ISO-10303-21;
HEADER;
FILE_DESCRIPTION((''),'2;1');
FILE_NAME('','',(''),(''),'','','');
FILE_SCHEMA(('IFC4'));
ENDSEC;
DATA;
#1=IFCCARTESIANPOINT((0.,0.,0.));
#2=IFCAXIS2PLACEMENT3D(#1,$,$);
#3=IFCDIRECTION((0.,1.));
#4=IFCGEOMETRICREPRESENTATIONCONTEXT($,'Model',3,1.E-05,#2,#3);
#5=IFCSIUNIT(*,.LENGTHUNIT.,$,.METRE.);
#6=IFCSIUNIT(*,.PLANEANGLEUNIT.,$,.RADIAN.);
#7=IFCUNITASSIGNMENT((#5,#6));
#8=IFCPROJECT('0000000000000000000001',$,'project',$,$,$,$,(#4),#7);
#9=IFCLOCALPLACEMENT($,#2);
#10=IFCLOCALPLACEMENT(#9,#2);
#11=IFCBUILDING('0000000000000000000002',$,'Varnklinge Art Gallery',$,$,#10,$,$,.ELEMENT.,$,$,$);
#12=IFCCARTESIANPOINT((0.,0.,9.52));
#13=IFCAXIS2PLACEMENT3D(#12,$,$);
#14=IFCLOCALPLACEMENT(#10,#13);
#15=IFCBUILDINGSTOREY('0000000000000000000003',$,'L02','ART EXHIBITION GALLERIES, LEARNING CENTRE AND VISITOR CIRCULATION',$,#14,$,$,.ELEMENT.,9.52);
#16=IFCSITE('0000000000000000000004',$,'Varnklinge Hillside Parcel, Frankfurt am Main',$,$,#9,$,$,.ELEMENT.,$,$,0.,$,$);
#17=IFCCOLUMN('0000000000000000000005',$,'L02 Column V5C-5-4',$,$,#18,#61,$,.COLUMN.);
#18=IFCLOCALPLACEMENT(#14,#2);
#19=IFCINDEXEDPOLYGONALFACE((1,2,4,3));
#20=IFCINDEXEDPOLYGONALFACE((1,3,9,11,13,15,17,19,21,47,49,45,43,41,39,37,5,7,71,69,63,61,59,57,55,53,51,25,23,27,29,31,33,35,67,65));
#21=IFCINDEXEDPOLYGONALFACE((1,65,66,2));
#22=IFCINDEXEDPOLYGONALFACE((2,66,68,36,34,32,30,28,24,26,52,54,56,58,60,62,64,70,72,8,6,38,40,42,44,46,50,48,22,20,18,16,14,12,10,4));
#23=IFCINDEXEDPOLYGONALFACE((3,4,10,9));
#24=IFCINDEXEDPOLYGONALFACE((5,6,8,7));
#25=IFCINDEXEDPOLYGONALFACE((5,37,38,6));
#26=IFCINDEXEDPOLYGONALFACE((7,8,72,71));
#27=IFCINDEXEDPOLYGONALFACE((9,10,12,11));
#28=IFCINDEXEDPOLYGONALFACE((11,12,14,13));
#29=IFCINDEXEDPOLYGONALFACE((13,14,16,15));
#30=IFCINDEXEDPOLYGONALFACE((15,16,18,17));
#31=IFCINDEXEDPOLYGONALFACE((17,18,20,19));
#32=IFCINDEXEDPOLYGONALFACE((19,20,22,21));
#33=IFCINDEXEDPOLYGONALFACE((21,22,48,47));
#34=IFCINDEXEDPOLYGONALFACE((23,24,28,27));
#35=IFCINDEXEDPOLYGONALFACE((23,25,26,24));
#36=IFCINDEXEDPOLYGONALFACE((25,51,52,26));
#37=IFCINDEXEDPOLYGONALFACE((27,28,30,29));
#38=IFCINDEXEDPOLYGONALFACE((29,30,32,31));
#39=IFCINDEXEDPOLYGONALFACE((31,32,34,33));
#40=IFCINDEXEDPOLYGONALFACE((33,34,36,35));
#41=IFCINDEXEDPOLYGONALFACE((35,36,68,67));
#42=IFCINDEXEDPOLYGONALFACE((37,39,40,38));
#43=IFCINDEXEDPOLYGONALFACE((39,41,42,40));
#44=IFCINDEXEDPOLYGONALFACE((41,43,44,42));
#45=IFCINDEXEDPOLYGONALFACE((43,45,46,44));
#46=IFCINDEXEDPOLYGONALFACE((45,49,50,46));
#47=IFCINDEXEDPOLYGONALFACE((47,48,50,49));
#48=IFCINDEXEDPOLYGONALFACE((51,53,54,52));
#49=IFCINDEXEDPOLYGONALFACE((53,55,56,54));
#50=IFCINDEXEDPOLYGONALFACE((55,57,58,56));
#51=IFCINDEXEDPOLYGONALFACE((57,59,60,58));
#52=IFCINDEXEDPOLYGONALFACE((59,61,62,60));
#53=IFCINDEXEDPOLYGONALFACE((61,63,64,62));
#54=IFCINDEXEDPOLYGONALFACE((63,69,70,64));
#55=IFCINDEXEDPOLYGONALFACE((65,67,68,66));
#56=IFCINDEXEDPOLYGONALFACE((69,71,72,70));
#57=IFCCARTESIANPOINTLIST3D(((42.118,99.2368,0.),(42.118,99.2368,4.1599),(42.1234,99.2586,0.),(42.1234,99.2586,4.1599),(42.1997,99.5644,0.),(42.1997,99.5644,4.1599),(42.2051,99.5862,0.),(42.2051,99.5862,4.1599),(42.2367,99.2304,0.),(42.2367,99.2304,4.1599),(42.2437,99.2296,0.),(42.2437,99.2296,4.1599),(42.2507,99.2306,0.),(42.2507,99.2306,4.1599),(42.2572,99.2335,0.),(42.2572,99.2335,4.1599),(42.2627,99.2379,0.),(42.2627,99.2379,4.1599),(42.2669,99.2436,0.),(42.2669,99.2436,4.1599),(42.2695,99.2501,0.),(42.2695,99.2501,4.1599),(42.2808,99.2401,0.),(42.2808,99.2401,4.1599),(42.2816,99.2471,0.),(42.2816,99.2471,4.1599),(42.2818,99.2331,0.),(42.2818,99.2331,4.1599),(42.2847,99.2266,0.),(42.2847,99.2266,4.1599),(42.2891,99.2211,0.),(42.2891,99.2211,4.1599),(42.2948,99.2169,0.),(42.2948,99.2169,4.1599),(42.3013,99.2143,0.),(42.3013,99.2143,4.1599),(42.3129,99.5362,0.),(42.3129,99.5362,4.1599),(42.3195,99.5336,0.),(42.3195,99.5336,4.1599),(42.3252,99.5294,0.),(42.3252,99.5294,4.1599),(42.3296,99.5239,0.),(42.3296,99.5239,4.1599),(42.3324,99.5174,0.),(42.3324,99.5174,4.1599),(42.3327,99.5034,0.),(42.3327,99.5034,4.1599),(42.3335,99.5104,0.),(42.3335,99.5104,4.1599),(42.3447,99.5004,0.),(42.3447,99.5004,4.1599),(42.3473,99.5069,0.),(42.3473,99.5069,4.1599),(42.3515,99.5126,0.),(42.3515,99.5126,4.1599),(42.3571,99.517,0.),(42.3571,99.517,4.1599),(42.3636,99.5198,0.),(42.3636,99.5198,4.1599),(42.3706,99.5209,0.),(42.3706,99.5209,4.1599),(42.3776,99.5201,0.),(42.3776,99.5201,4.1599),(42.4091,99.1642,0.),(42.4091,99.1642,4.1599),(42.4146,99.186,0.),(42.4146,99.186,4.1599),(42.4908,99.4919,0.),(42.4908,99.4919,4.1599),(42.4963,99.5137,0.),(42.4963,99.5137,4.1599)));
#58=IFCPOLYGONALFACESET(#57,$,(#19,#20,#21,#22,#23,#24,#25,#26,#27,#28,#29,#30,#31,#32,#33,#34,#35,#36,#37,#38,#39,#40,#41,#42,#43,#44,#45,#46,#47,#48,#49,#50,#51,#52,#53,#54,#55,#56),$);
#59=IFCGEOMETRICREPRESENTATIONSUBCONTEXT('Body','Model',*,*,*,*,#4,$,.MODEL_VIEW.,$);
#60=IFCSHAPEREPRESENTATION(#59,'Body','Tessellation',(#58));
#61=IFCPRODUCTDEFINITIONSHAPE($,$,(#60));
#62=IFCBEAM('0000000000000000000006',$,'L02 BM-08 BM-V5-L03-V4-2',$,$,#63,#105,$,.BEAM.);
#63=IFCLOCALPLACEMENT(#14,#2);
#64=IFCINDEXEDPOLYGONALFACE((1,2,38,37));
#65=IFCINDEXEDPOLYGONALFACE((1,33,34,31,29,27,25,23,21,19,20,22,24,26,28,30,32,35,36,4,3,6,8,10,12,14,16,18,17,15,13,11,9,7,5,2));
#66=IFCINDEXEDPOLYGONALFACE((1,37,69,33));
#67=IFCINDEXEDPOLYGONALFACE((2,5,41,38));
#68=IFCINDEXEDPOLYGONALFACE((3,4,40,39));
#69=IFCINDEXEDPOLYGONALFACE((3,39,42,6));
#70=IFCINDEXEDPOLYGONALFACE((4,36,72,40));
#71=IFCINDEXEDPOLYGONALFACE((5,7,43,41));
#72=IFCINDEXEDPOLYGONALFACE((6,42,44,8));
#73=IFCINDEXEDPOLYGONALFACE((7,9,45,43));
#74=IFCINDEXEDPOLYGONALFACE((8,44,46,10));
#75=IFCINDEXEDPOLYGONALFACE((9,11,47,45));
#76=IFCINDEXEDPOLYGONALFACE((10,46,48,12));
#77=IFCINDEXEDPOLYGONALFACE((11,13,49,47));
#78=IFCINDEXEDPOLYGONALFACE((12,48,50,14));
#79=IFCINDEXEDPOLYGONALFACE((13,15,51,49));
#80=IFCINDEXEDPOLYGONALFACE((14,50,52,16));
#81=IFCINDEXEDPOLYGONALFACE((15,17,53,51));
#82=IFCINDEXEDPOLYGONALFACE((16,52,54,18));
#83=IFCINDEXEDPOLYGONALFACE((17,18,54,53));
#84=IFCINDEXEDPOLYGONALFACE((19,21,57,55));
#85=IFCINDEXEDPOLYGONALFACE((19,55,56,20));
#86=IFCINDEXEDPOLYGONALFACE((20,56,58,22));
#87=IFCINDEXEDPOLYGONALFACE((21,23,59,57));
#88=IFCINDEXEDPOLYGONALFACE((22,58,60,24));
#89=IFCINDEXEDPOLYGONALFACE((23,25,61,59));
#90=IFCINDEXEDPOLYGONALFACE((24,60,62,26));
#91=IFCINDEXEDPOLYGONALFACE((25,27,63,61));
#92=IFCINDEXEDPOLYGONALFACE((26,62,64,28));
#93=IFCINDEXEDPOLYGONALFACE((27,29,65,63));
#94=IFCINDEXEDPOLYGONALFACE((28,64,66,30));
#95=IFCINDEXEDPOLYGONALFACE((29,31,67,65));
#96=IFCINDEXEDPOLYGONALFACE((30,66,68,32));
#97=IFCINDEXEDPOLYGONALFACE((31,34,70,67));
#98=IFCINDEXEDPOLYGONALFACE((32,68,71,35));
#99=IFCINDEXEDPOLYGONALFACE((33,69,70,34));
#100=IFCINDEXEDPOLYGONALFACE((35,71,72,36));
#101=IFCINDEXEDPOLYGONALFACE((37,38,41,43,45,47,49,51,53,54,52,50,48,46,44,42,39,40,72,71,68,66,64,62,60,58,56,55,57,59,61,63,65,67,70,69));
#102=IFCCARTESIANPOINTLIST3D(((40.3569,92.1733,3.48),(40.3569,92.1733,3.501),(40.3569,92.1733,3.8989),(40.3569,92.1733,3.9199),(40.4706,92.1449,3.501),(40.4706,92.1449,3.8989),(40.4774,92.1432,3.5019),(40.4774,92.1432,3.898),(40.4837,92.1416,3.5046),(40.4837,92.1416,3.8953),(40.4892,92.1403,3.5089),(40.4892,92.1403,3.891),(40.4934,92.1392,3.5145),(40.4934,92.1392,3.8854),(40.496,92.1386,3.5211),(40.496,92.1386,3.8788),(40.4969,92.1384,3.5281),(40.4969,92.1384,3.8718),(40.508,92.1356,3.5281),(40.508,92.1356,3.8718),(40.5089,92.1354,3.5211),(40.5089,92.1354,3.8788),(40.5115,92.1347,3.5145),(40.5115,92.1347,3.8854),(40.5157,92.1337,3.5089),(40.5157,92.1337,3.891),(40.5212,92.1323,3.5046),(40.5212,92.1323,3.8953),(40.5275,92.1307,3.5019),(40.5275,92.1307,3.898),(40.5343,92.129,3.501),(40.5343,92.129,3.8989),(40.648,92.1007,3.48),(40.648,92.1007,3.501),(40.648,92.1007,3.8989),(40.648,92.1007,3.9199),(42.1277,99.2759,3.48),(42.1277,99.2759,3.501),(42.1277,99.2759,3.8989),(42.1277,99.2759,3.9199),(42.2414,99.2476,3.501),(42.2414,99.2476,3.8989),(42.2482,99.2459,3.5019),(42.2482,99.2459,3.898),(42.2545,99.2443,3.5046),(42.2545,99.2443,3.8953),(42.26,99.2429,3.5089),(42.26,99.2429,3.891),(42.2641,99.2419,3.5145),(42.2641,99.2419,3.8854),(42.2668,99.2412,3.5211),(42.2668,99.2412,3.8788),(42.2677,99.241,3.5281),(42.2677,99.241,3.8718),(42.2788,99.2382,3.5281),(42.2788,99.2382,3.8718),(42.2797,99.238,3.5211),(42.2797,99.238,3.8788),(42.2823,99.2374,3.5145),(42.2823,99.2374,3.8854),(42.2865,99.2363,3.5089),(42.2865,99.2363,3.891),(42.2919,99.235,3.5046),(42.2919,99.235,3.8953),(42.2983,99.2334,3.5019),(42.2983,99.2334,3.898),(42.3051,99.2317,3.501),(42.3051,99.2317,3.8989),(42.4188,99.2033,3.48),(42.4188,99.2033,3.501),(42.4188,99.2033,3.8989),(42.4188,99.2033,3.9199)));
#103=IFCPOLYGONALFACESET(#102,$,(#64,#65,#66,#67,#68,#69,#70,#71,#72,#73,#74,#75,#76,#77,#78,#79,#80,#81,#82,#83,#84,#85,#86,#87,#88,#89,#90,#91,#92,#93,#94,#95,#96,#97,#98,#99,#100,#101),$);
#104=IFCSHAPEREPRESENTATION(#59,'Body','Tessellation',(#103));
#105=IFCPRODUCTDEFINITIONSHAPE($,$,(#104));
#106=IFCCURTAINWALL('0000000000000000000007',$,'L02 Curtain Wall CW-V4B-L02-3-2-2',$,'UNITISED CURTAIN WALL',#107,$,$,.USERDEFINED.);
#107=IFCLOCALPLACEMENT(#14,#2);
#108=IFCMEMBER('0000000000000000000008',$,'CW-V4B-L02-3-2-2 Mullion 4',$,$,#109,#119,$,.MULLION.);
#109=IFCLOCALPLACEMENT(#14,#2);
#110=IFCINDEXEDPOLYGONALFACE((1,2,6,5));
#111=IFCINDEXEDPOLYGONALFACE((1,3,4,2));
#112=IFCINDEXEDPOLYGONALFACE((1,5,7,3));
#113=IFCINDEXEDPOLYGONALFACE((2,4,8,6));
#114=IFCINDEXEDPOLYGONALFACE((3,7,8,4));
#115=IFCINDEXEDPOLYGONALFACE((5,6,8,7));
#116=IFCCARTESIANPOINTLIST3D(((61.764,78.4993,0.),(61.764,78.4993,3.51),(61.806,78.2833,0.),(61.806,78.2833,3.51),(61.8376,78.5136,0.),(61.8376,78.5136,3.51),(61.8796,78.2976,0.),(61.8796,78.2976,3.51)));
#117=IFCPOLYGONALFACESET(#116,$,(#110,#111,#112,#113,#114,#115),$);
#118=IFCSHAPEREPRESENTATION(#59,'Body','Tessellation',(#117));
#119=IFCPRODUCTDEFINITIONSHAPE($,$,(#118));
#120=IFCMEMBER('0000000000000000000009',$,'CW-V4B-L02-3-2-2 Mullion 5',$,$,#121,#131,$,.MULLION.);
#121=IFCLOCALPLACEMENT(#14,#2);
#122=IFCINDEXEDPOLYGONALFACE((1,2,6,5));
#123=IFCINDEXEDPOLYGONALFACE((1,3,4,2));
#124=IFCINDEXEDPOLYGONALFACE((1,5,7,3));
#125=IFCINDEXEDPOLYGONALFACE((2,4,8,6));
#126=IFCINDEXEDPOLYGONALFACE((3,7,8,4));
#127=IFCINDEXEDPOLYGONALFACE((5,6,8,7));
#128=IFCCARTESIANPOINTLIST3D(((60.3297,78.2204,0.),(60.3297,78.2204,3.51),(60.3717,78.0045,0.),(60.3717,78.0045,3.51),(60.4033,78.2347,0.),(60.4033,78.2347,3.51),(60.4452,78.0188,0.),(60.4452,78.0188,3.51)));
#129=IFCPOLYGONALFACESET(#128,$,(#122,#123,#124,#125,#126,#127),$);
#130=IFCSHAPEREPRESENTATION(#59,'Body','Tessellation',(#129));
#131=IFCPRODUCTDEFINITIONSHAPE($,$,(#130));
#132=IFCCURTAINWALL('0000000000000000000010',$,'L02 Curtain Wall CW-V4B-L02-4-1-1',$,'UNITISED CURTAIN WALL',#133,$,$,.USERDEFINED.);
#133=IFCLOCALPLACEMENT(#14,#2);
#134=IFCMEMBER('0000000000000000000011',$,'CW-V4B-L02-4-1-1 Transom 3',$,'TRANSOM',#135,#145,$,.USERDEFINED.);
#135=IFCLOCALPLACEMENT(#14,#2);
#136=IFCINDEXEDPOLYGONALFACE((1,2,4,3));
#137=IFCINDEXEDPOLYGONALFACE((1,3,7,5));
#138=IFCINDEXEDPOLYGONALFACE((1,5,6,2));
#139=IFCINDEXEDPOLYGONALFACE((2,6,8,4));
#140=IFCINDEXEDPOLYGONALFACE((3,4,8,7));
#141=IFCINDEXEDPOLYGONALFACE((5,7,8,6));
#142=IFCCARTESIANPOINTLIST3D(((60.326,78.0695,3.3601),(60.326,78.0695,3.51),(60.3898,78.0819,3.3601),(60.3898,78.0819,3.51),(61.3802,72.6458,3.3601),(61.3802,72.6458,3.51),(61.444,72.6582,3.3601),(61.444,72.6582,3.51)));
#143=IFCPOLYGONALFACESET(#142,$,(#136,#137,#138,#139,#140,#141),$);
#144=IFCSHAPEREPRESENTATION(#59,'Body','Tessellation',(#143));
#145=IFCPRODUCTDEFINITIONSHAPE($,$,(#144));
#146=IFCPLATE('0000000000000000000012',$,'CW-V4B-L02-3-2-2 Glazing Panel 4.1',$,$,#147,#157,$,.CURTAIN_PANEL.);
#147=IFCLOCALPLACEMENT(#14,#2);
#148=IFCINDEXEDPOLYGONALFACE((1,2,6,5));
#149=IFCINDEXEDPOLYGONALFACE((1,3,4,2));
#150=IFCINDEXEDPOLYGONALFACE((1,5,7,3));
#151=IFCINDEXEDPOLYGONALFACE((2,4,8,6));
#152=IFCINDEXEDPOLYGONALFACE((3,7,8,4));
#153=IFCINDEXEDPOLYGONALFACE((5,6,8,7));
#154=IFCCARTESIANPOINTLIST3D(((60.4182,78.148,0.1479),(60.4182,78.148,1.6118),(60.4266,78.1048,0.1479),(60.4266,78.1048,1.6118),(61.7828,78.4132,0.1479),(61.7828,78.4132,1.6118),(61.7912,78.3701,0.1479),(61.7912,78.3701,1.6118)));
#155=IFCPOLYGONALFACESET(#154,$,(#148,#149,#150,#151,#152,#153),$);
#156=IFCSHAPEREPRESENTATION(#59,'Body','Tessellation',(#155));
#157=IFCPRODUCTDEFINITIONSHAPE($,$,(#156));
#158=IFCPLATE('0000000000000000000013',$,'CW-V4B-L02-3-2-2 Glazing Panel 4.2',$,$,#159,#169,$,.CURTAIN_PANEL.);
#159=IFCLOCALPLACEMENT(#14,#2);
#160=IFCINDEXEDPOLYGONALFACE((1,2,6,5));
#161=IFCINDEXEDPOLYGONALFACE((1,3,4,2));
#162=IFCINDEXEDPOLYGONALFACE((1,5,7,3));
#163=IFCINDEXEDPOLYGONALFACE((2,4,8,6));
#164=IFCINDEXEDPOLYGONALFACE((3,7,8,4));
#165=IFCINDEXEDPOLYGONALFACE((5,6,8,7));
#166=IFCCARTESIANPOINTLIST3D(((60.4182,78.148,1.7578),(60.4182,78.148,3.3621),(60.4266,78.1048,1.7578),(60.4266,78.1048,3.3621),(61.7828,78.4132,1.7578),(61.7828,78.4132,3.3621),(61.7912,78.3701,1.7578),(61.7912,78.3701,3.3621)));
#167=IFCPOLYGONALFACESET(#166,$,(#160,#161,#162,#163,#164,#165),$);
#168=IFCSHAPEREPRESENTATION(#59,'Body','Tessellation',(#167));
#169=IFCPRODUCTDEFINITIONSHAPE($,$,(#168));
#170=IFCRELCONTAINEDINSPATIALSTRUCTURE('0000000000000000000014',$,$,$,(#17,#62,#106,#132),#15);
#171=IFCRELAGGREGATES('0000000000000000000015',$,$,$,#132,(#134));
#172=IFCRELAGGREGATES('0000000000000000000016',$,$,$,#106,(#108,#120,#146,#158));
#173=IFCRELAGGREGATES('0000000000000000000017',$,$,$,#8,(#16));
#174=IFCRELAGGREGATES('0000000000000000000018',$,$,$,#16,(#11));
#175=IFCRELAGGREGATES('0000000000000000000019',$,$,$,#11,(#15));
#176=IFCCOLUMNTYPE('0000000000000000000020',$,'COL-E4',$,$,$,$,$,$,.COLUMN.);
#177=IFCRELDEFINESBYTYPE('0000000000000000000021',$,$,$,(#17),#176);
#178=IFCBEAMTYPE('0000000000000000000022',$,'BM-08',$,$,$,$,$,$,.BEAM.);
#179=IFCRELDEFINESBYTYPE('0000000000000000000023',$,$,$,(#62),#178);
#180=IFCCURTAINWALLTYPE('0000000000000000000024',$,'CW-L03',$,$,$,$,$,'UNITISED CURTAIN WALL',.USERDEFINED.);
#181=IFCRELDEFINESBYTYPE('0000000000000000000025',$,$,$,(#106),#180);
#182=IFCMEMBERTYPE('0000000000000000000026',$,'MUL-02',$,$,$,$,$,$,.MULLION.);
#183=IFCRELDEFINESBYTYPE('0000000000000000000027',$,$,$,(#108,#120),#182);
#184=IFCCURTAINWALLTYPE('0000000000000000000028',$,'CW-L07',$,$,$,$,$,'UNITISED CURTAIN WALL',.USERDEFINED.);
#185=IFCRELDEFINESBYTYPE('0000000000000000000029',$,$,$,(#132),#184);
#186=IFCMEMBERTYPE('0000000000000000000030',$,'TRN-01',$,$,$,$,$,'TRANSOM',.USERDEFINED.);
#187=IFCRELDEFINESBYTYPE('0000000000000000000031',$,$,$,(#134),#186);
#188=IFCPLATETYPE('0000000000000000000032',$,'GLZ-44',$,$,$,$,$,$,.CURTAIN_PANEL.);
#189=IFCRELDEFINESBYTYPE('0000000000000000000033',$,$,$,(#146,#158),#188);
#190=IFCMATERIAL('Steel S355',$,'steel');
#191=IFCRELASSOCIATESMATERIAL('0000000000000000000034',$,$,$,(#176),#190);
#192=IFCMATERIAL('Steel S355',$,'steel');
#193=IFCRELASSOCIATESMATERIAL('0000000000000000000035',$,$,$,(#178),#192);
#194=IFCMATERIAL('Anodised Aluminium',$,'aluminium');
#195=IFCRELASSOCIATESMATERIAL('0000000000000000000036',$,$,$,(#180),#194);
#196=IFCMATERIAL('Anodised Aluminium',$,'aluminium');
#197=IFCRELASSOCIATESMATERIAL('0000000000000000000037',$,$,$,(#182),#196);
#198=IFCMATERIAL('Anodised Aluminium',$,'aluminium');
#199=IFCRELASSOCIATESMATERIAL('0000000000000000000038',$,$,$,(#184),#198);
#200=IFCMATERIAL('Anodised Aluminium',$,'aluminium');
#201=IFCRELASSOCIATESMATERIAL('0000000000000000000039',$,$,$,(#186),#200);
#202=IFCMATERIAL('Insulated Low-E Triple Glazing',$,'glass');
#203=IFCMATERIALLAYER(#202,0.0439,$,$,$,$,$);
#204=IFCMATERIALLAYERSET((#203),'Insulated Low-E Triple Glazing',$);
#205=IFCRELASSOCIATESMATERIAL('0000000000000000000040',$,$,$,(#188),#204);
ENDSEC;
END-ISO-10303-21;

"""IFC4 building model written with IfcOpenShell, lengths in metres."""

from ifc_helpers import new_model, si_unit, direction, frame, origin, origin_2d, place, context, subcontext, project, spatial, rectangle, i_section, extrude, material, layer, layer_set, material_profile, profile_set, type_object, element, aggregate, save


model = new_model("IFC4")

# Units and contexts
model_context = context("Model", 3, precision=1e-05, world=origin(), true_north=direction((0.0, 1.0)))
body_context = subcontext(model_context, "Body", "Model", "MODEL_VIEW")
ifc_project = project(units=[si_unit("LENGTHUNIT", "METRE"), si_unit("PLANEANGLEUNIT", "RADIAN")], contexts=[model_context])

# Site, building, storey
site_placement = place(None, origin())
site = spatial("IfcSite", under=ifc_project, at=site_placement, Name="Varnklinge Hillside Parcel, Frankfurt am Main", CompositionType="ELEMENT", RefElevation=0.0)
building_placement = place(site_placement, origin())
building = spatial("IfcBuilding", under=site, at=building_placement, Name="Varnklinge Art Gallery", CompositionType="ELEMENT")
storey_placement = place(building_placement, frame((0.0, 0.0, 9.52)))
storey = spatial("IfcBuildingStorey", under=building, at=storey_placement, Name="L02", Description="ART EXHIBITION GALLERIES, LEARNING CENTRE AND VISITOR CIRCULATION", CompositionType="ELEMENT", Elevation=9.52)

# Column
ifc_material_1 = material(Name="Steel S355", Category="steel")
ifc_material_profile_1 = material_profile(ifc_material_1, i_section(OverallWidth=0.3, OverallDepth=0.3601, WebThickness=0.0125, FlangeThickness=0.0225, FilletRadius=0.0271, at=origin_2d()), Name="HEB 360")
ifc_profile_set_1 = profile_set([ifc_material_profile_1], Name="Steel S355")
column_type = type_object("IfcColumnType", Name="COL-E4", PredefinedType="COLUMN", material=ifc_profile_set_1)
column_placement = place(storey_placement, frame((42.3071, 99.3752, 0.0), z_axis=(0.0, 0.0, 1.0), x_axis=(0.970296, -0.241922, 0.0)))
element("IfcColumn", 1, at=column_placement, inside=storey, type_object=column_type, Name="L02 Column V5C-5-4", PredefinedType="COLUMN", context=body_context, shape_type="SweptSolid", body=[
    extrude(i_section(OverallWidth=0.3, OverallDepth=0.3601, WebThickness=0.0125, FlangeThickness=0.0225, FilletRadius=0.0271, at=origin_2d()), origin(), (0.0, 0.0, 1.0), 4.1599),
])

# Beam
ifc_material_2 = material(Name="Steel S355", Category="steel")
ifc_material_profile_2 = material_profile(ifc_material_2, i_section(OverallWidth=0.3, OverallDepth=0.4399, WebThickness=0.0115, FlangeThickness=0.021, FilletRadius=0.0271, at=origin_2d()), Name="HEA 450")
ifc_profile_set_2 = profile_set([ifc_material_profile_2], Name="Steel S355")
beam_type = type_object("IfcBeamType", Name="BM-08", PredefinedType="BEAM", material=ifc_profile_set_2)
beam_placement = place(storey_placement, frame((40.5024, 92.137, 3.7), z_axis=(0.241908, 0.970299, 0.0), x_axis=(-0.970299, 0.241908, 0.0)))
element("IfcBeam", 2, at=beam_placement, inside=storey, type_object=beam_type, Name="L02 BM-08 BM-V5-L03-V4-2", PredefinedType="BEAM", context=body_context, shape_type="SweptSolid", body=[
    extrude(i_section(OverallWidth=0.3, OverallDepth=0.4399, WebThickness=0.0115, FlangeThickness=0.021, FilletRadius=0.0271, at=origin_2d()), origin(), (0.0, 0.0, 1.0), 7.3201),
])

# Curtain wall, members
ifc_material_3 = material(Name="Anodised Aluminium", Category="aluminium")
curtain_wall_type_1 = type_object("IfcCurtainWallType", Name="CW-L03", ElementType="UNITISED CURTAIN WALL", PredefinedType="USERDEFINED", material=ifc_material_3)
curtain_wall_1_placement = place(storey_placement, origin())
curtain_wall_1 = element("IfcCurtainWall", 3, at=curtain_wall_1_placement, inside=storey, type_object=curtain_wall_type_1, Name="L02 Curtain Wall CW-V4B-L02-3-2-2", ObjectType="UNITISED CURTAIN WALL", PredefinedType="USERDEFINED")
ifc_material_4 = material(Name="Anodised Aluminium", Category="aluminium")
ifc_material_profile_3 = material_profile(ifc_material_4, rectangle(XDim=0.075, YDim=0.22, at=origin_2d()), Name="ALU 75x220")
ifc_profile_set_3 = profile_set([ifc_material_profile_3], Name="Anodised Aluminium")
member_type_1 = type_object("IfcMemberType", Name="MUL-02", PredefinedType="MULLION", material=ifc_profile_set_3)
member_1_placement = place(storey_placement, frame((61.8218, 78.3984, 0.0), z_axis=(0.0, 0.0, 1.0), x_axis=(-0.981627, -0.190809, 0.0)))
member_1 = element("IfcMember", 4, at=member_1_placement, type_object=member_type_1, Name="CW-V4B-L02-3-2-2 Mullion 4", PredefinedType="MULLION", context=body_context, shape_type="SweptSolid", body=[
    extrude(rectangle(XDim=0.075, YDim=0.22, at=origin_2d()), origin(), (0.0, 0.0, 1.0), 3.51),
])
member_2_placement = place(storey_placement, frame((60.3875, 78.1196, 0.0), z_axis=(0.0, 0.0, 1.0), x_axis=(-0.981627, -0.190809, 0.0)))
member_2 = element("IfcMember", 5, at=member_2_placement, type_object=member_type_1, Name="CW-V4B-L02-3-2-2 Mullion 5", PredefinedType="MULLION", context=body_context, shape_type="SweptSolid", body=[
    extrude(rectangle(XDim=0.075, YDim=0.22, at=origin_2d()), origin(), (0.0, 0.0, 1.0), 3.51),
])

# Curtain wall, member
ifc_material_5 = material(Name="Anodised Aluminium", Category="aluminium")
curtain_wall_type_2 = type_object("IfcCurtainWallType", Name="CW-L07", ElementType="UNITISED CURTAIN WALL", PredefinedType="USERDEFINED", material=ifc_material_5)
curtain_wall_2_placement = place(storey_placement, origin())
curtain_wall_2 = element("IfcCurtainWall", 6, at=curtain_wall_2_placement, inside=storey, type_object=curtain_wall_type_2, Name="L02 Curtain Wall CW-V4B-L02-4-1-1", ObjectType="UNITISED CURTAIN WALL", PredefinedType="USERDEFINED")
ifc_material_6 = material(Name="Anodised Aluminium", Category="aluminium")
ifc_material_profile_4 = material_profile(ifc_material_6, rectangle(XDim=0.0649, YDim=0.1499, at=origin_2d()), Name="ALU 65x150")
ifc_profile_set_4 = profile_set([ifc_material_profile_4], Name="Anodised Aluminium")
member_type_2 = type_object("IfcMemberType", Name="TRN-01", ElementType="TRANSOM", PredefinedType="USERDEFINED", material=ifc_profile_set_4)
member_3_placement = place(storey_placement, frame((60.3579, 78.0757, 3.4351), z_axis=(0.190802, -0.981628, 0.0), x_axis=(0.981628, 0.190802, 0.0)))
member_3 = element("IfcMember", 7, at=member_3_placement, type_object=member_type_2, Name="CW-V4B-L02-4-1-1 Transom 3", ObjectType="TRANSOM", PredefinedType="USERDEFINED", context=body_context, shape_type="SweptSolid", body=[
    extrude(rectangle(XDim=0.0649, YDim=0.1499, at=origin_2d()), origin(), (0.0, 0.0, 1.0), 5.5251),
])
aggregate(curtain_wall_2, [member_3])

# Plates
ifc_material_7 = material(Name="Insulated Low-E Triple Glazing", Category="glass")
ifc_layer_1 = layer(ifc_material_7, 0.0439)
ifc_layer_set_1 = layer_set([ifc_layer_1], Name="Insulated Low-E Triple Glazing")
plate_type = type_object("IfcPlateType", Name="GLZ-44", PredefinedType="CURTAIN_PANEL", material=ifc_layer_set_1)
plate_1_placement = place(storey_placement, frame((61.1047, 78.259, 0.1479), z_axis=(0.0, 0.0, 1.0), x_axis=(-0.981627, -0.190809, 0.0)))
plate_1 = element("IfcPlate", 8, at=plate_1_placement, type_object=plate_type, Name="CW-V4B-L02-3-2-2 Glazing Panel 4.1", PredefinedType="CURTAIN_PANEL", context=body_context, shape_type="SweptSolid", body=[
    extrude(rectangle(XDim=1.3901, YDim=0.0439, at=origin_2d()), origin(), (0.0, 0.0, 1.0), 1.4639),
])
plate_2_placement = place(storey_placement, frame((61.1047, 78.259, 1.7578), z_axis=(0.0, 0.0, 1.0), x_axis=(-0.981627, -0.190809, 0.0)))
plate_2 = element("IfcPlate", 9, at=plate_2_placement, type_object=plate_type, Name="CW-V4B-L02-3-2-2 Glazing Panel 4.2", PredefinedType="CURTAIN_PANEL", context=body_context, shape_type="SweptSolid", body=[
    extrude(rectangle(XDim=1.3901, YDim=0.0439, at=origin_2d()), origin(), (0.0, 0.0, 1.0), 1.6042),
])
aggregate(curtain_wall_1, [member_1, member_2, plate_1, plate_2])

save(model, "model.ifc")
